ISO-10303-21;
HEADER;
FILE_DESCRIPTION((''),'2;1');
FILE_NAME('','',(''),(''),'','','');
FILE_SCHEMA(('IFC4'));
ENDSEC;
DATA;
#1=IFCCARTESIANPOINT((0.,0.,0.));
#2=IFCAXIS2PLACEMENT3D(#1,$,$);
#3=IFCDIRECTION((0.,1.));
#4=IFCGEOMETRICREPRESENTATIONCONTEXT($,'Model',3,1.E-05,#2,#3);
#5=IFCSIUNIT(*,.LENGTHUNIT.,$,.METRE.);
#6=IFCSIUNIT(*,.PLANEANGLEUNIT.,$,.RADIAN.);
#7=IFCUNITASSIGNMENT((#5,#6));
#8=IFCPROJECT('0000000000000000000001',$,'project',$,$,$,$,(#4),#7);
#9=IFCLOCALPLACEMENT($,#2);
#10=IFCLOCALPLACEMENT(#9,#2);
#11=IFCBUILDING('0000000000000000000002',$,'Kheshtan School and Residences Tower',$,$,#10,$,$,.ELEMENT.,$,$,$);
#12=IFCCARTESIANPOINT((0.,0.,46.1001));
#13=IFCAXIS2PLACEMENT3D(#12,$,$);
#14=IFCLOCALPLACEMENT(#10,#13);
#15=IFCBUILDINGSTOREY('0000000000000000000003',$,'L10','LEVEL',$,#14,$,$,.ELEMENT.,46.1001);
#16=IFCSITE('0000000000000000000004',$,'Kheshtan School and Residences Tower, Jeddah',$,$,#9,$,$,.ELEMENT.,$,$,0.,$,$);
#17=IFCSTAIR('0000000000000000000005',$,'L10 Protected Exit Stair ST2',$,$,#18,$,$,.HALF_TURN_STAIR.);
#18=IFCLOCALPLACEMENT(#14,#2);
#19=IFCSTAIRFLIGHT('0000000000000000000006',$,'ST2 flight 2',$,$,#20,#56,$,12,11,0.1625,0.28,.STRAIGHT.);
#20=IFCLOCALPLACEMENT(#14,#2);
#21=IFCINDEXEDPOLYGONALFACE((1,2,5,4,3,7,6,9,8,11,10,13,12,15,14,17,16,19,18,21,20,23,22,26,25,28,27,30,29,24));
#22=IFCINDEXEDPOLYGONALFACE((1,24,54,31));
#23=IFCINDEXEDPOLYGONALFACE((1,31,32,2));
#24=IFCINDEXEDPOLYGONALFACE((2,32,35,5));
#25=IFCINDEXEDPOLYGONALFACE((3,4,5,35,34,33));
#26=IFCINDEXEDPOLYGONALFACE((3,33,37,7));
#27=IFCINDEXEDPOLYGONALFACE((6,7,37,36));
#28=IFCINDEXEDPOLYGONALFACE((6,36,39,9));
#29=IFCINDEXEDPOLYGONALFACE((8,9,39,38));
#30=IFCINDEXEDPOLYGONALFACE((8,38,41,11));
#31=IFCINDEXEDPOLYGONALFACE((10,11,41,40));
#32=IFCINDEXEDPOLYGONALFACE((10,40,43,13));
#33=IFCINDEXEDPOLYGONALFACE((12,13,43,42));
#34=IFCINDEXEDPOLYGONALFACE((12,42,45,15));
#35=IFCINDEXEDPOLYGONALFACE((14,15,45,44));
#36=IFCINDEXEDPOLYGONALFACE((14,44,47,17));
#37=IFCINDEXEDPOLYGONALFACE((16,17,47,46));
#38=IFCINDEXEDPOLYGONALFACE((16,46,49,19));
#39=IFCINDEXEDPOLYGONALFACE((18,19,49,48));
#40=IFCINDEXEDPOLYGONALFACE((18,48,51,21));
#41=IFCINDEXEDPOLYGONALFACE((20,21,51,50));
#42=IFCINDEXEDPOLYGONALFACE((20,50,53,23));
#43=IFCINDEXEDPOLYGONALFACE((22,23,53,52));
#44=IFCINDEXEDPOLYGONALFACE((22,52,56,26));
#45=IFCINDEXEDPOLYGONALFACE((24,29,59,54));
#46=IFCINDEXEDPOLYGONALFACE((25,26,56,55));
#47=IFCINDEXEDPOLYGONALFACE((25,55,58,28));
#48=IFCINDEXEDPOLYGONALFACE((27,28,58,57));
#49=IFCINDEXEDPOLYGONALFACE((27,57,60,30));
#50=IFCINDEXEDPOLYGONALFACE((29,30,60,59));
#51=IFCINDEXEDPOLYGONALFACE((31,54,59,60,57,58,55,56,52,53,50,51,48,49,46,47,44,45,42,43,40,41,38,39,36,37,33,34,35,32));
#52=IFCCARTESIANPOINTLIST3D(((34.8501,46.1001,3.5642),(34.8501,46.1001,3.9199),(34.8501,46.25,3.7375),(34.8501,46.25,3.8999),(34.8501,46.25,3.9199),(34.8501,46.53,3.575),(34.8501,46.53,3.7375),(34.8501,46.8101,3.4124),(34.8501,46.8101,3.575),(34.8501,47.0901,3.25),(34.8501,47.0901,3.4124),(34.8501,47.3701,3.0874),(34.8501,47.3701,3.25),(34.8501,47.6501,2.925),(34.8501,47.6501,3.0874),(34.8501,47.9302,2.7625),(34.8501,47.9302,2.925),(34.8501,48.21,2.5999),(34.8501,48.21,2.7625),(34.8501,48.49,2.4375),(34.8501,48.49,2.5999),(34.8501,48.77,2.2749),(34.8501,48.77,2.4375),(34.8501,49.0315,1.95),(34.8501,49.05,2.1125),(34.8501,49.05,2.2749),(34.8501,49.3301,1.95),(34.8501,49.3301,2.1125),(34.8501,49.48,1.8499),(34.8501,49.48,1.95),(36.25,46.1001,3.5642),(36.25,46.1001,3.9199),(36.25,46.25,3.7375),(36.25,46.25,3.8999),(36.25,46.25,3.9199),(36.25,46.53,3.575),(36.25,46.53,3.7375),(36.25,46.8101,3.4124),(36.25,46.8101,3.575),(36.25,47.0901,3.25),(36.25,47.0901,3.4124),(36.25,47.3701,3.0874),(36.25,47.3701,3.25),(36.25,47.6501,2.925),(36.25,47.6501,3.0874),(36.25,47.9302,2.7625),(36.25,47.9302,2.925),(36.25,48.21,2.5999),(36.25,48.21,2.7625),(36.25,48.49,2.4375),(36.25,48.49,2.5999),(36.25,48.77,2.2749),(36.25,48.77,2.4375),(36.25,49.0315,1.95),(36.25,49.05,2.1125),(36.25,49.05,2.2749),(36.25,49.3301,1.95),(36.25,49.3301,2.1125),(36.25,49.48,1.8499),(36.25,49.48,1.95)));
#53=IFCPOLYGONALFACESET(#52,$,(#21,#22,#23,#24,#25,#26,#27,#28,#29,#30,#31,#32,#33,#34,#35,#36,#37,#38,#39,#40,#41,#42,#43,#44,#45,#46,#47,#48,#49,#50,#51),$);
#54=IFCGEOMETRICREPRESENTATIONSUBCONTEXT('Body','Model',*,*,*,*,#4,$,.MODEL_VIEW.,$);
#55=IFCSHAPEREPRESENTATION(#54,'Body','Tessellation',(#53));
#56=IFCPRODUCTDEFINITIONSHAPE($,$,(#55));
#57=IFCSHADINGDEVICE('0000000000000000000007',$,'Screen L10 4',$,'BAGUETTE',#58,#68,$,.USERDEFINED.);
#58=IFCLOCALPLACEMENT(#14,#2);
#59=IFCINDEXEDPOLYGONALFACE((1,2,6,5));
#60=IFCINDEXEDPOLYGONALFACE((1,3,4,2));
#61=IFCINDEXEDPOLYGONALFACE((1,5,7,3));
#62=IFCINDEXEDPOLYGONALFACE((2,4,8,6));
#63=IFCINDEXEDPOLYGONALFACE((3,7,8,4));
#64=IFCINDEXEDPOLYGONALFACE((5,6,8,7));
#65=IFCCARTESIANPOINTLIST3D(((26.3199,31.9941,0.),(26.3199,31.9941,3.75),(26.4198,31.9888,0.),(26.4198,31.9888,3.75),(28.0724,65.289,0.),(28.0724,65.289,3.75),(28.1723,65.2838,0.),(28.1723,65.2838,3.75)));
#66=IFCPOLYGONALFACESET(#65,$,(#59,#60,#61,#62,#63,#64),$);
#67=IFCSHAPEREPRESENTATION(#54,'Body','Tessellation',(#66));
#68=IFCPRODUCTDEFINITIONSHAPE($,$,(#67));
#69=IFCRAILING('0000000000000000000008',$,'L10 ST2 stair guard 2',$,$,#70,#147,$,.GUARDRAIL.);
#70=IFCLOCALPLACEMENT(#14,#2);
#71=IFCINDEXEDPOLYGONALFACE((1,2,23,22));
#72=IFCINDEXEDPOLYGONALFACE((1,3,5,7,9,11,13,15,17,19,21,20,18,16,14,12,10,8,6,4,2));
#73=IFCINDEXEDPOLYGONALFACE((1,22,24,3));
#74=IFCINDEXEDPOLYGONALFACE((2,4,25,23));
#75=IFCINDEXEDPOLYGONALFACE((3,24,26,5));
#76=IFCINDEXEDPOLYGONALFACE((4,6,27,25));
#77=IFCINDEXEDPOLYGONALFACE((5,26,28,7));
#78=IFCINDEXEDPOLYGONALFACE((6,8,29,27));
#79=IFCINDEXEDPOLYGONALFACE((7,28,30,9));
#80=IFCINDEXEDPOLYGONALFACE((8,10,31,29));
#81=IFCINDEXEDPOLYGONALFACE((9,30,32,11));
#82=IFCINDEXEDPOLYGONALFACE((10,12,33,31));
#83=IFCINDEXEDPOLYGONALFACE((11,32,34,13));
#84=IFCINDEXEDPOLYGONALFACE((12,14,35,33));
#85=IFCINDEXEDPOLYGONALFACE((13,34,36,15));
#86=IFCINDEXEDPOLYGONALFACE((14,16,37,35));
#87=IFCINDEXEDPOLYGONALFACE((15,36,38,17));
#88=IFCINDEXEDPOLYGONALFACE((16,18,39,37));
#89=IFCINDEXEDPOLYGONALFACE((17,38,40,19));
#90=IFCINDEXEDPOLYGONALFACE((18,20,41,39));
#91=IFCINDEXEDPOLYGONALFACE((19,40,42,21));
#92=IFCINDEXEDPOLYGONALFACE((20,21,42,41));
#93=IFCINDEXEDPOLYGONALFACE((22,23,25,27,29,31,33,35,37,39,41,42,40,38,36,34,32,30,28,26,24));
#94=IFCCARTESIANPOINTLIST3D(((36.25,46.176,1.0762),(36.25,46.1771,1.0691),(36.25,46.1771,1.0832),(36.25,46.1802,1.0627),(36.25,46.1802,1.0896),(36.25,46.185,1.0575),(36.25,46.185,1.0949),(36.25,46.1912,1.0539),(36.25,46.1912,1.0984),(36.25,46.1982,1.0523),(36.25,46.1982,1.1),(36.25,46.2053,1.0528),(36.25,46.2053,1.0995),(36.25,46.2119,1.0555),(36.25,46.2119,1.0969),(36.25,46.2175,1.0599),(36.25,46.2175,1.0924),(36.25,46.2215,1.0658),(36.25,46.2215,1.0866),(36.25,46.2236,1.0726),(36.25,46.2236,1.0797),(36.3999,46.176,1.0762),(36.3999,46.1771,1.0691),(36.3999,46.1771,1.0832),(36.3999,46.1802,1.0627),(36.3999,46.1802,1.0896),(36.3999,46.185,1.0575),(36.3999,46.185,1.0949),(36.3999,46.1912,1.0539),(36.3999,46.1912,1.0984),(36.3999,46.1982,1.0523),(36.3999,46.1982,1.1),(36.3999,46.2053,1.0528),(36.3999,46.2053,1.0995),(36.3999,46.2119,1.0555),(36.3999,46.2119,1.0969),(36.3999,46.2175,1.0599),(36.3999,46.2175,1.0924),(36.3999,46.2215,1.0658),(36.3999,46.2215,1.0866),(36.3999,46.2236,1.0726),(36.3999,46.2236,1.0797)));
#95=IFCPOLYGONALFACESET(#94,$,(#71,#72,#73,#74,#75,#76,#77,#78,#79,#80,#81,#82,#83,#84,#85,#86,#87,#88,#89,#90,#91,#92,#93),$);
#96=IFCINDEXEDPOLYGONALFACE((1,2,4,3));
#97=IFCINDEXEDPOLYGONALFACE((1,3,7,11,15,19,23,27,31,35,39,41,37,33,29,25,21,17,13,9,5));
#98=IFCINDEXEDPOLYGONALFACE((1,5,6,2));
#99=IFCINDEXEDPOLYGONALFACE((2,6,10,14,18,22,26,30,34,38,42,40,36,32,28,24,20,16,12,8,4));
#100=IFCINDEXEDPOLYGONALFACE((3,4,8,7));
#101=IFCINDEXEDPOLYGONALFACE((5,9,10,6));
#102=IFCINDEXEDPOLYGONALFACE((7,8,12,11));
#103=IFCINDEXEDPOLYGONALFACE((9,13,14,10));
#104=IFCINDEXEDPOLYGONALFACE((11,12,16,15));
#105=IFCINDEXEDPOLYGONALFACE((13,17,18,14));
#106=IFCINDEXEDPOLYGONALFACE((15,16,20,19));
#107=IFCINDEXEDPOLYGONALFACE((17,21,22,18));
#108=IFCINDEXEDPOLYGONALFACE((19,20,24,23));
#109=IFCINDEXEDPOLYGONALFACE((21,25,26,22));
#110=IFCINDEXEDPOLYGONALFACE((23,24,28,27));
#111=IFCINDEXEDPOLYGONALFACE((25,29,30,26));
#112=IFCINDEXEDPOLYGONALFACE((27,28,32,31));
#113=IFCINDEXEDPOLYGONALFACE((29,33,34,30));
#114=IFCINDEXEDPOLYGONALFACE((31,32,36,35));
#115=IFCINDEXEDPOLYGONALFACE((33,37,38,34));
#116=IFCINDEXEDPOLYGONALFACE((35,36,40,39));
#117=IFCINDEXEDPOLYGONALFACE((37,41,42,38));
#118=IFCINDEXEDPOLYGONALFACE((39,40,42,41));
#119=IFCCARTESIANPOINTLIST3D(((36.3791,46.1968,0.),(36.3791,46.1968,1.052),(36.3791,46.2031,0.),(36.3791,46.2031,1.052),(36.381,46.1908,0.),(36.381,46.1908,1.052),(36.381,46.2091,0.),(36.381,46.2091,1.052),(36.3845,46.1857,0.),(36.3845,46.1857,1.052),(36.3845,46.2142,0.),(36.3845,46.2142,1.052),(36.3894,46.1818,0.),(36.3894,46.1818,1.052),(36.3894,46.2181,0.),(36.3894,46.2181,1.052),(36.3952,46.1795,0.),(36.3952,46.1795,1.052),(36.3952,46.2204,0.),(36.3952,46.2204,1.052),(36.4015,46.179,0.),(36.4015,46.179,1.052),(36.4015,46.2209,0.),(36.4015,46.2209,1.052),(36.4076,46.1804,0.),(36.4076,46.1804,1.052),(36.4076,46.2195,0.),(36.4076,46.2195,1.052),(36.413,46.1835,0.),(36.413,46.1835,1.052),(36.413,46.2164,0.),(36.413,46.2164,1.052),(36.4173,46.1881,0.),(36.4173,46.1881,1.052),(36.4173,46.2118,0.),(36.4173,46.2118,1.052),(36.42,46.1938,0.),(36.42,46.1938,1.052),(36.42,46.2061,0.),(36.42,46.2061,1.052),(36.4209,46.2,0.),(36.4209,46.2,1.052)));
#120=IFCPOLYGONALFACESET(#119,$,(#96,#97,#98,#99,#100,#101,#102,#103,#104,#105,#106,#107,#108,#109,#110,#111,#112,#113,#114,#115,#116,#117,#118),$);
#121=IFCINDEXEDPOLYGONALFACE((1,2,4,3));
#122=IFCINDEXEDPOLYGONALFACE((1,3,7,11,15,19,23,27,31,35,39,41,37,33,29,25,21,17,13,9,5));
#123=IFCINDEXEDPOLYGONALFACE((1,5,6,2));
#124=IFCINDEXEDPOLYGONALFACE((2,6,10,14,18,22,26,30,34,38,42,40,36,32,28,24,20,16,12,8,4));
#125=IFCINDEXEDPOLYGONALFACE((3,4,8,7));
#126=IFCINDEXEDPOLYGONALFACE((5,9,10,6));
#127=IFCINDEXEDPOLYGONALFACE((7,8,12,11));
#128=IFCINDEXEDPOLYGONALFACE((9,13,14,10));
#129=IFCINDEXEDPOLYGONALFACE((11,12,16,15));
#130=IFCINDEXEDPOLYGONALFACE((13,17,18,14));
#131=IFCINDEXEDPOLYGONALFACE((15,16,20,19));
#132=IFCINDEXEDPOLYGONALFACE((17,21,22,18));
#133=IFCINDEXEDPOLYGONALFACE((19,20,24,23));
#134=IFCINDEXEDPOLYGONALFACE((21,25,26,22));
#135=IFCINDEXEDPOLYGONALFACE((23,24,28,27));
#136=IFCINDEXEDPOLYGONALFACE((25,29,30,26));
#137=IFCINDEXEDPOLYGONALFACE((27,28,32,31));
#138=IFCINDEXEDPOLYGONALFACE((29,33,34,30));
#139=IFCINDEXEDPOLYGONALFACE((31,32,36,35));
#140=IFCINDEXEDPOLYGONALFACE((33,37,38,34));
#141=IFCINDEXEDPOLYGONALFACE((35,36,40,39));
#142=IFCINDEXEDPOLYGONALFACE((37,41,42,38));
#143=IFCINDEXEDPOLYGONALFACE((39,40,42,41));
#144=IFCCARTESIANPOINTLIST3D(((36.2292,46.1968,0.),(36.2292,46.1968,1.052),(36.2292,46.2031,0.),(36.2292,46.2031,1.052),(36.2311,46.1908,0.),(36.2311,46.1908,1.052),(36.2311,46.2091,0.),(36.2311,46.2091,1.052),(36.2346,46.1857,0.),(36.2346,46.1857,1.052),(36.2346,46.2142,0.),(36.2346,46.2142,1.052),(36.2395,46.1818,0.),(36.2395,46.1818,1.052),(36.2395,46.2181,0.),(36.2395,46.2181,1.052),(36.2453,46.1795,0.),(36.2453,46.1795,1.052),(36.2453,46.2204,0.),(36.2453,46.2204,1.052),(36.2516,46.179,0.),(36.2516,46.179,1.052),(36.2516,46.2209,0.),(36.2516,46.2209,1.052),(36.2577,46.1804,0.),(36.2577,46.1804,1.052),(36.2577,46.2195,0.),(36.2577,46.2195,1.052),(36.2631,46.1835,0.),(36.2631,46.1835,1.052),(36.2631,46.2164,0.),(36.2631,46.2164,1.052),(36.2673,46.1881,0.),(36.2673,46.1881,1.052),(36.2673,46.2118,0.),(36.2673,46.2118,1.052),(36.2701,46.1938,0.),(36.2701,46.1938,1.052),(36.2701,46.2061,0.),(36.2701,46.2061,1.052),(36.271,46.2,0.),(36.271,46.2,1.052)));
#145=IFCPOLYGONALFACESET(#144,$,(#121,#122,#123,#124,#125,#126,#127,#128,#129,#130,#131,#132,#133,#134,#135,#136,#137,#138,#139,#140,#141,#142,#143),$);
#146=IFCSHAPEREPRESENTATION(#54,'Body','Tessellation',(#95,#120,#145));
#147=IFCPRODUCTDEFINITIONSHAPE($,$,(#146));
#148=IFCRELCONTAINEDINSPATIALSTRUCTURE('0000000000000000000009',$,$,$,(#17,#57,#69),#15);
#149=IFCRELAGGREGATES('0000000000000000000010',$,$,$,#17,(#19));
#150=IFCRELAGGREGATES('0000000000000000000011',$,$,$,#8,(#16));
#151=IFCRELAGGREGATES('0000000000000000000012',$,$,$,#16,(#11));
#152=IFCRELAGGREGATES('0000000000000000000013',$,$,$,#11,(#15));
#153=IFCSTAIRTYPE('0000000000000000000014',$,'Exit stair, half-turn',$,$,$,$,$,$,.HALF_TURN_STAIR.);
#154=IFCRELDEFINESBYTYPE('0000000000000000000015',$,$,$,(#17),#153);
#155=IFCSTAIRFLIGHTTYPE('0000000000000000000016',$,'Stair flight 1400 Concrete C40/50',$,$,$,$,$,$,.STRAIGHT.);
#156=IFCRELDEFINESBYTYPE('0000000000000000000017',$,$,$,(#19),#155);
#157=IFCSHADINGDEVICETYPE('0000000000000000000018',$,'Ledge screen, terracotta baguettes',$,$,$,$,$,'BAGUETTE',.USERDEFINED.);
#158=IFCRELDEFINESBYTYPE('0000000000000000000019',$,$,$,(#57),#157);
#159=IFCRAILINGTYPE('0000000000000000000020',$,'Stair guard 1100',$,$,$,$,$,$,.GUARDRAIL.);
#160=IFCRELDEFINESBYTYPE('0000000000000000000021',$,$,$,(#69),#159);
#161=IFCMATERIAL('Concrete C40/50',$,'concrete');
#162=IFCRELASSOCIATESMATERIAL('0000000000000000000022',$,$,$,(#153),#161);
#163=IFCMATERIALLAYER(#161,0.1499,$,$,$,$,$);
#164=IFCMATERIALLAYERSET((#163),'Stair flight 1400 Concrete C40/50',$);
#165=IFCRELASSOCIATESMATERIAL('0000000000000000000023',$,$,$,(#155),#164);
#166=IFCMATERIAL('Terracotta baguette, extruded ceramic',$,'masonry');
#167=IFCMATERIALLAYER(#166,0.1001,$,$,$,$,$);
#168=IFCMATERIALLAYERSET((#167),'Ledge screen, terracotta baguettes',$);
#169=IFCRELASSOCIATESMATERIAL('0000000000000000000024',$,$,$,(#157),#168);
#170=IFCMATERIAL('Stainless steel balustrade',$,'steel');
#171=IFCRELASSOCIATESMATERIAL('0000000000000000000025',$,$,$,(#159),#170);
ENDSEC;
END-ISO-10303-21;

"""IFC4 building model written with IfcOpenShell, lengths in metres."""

from ifc_helpers import new_model, si_unit, direction, frame, origin, origin_2d, place, context, subcontext, project, spatial, polyline, rectangle, circle, outline, extrude, material, layer, layer_set, type_object, element, aggregate, save


model = new_model("IFC4")

# Units and contexts
model_context = context("Model", 3, precision=1e-05, world=origin(), true_north=direction((0.0, 1.0)))
body_context = subcontext(model_context, "Body", "Model", "MODEL_VIEW")
ifc_project = project(units=[si_unit("LENGTHUNIT", "METRE"), si_unit("PLANEANGLEUNIT", "RADIAN")], contexts=[model_context])

# Site, building, storey
site_placement = place(None, origin())
site = spatial("IfcSite", under=ifc_project, at=site_placement, Name="Kheshtan School and Residences Tower, Jeddah", CompositionType="ELEMENT", RefElevation=0.0)
building_placement = place(site_placement, origin())
building = spatial("IfcBuilding", under=site, at=building_placement, Name="Kheshtan School and Residences Tower", CompositionType="ELEMENT")
storey_placement = place(building_placement, frame((0.0, 0.0, 46.1001)))
storey = spatial("IfcBuildingStorey", under=building, at=storey_placement, Name="L10", Description="LEVEL", CompositionType="ELEMENT", Elevation=46.1001)

# Shared definitions
ifc_material_1 = material(Name="Concrete C40/50", Category="concrete")

# Stair, stair flight
stair_type = type_object("IfcStairType", Name="Exit stair, half-turn", PredefinedType="HALF_TURN_STAIR", material=ifc_material_1)
stair_placement = place(storey_placement, origin())
stair = element("IfcStair", 1, at=stair_placement, inside=storey, type_object=stair_type, Name="L10 Protected Exit Stair ST2", PredefinedType="HALF_TURN_STAIR")
ifc_layer_1 = layer(ifc_material_1, 0.1499)
ifc_layer_set_1 = layer_set([ifc_layer_1], Name="Stair flight 1400 Concrete C40/50")
stair_flight_type = type_object("IfcStairFlightType", Name="Stair flight 1400 Concrete C40/50", PredefinedType="STRAIGHT", material=ifc_layer_set_1)
stair_flight_1_placement = place(storey_placement, frame((35.55, 49.3301, 1.95), z_axis=(0.0, 0.0, 1.0), x_axis=(0.0, -1.0, 0.0)))
stair_flight_1 = element("IfcStairFlight", 2, at=stair_flight_1_placement, type_object=stair_flight_type, Name="ST2 flight 2", NumberOfRisers=12, NumberOfTreads=11, PredefinedType="STRAIGHT", RiserHeight=0.1625, TreadLength=0.28, context=body_context, shape_type="SweptSolid", body=[
    extrude(outline(polyline([(-0.1499, -0.1001), (-0.1499, 0.0), (0.0, 0.0), (0.0, 0.1626), (0.28, 0.1626), (0.28, 0.325), (0.5601, 0.325), (0.5601, 0.4875), (0.8401, 0.4875), (0.8401, 0.6499), (1.1201, 0.6499), (1.1201, 0.8125), (1.3999, 0.8125), (1.3999, 0.9751), (1.6799, 0.9751), (1.6799, 1.1375), (1.96, 1.1375), (1.96, 1.3), (2.24, 1.3), (2.24, 1.4624), (2.52, 1.4624), (2.52, 1.625), (2.8, 1.625), (2.8, 1.7876), (3.0801, 1.7876), (3.0801, 1.95), (3.0801, 1.97), (3.23, 1.97), (3.23, 1.6143), (0.2986, 0.0), (-0.1499, -0.1001)])), frame((0.0, 0.7, 0.0), z_axis=(0.0, -1.0, 0.0), x_axis=(1.0, 0.0, 0.0)), (0.0, 0.0, 1.0), 1.3999),
])
aggregate(stair, [stair_flight_1])

# Shading device
ifc_material_2 = material(Name="Terracotta baguette, extruded ceramic", Category="masonry")
ifc_layer_2 = layer(ifc_material_2, 0.1001)
ifc_layer_set_2 = layer_set([ifc_layer_2], Name="Ledge screen, terracotta baguettes")
shading_device_type = type_object("IfcShadingDeviceType", Name="Ledge screen, terracotta baguettes", ElementType="BAGUETTE", PredefinedType="USERDEFINED", material=ifc_layer_set_2)
shading_device_placement = place(storey_placement, frame((27.2461, 48.6389, 0.0), z_axis=(0.0, 0.0, 1.0), x_axis=(0.052563, 0.998618, 0.0)))
element("IfcShadingDevice", 3, at=shading_device_placement, inside=storey, type_object=shading_device_type, Name="Screen L10 4", ObjectType="BAGUETTE", PredefinedType="USERDEFINED", context=body_context, shape_type="SweptSolid", body=[
    extrude(rectangle(XDim=33.3411, YDim=0.1001, at=origin_2d()), origin(), (0.0, 0.0, 1.0), 3.75),
])

# Railing
ifc_material_3 = material(Name="Stainless steel balustrade", Category="steel")
railing_type_1 = type_object("IfcRailingType", Name="Stair guard 1100", PredefinedType="GUARDRAIL", material=ifc_material_3)
railing_1_placement = place(storey_placement, frame((36.3999, 46.2, 0.0)))
element("IfcRailing", 4, at=railing_1_placement, inside=storey, type_object=railing_type_1, Name="L10 ST2 stair guard 2", PredefinedType="GUARDRAIL", context=body_context, shape_type="SweptSolid", body=[
    extrude(circle(Radius=0.0239, at=origin_2d()), frame((0.0, 0.0, 1.0762), z_axis=(-1.0, 0.0, 0.0), x_axis=(0.0, -1.0, 0.0)), (0.0, 0.0, 1.0), 0.1499),
    extrude(circle(Radius=0.021, at=origin_2d()), origin(), (0.0, 0.0, 1.0), 1.052),
    extrude(circle(Radius=0.021, at=origin_2d()), frame((-0.1499, 0.0, 0.0)), (0.0, 0.0, 1.0), 1.052),
])

save(model, "model.ifc")
